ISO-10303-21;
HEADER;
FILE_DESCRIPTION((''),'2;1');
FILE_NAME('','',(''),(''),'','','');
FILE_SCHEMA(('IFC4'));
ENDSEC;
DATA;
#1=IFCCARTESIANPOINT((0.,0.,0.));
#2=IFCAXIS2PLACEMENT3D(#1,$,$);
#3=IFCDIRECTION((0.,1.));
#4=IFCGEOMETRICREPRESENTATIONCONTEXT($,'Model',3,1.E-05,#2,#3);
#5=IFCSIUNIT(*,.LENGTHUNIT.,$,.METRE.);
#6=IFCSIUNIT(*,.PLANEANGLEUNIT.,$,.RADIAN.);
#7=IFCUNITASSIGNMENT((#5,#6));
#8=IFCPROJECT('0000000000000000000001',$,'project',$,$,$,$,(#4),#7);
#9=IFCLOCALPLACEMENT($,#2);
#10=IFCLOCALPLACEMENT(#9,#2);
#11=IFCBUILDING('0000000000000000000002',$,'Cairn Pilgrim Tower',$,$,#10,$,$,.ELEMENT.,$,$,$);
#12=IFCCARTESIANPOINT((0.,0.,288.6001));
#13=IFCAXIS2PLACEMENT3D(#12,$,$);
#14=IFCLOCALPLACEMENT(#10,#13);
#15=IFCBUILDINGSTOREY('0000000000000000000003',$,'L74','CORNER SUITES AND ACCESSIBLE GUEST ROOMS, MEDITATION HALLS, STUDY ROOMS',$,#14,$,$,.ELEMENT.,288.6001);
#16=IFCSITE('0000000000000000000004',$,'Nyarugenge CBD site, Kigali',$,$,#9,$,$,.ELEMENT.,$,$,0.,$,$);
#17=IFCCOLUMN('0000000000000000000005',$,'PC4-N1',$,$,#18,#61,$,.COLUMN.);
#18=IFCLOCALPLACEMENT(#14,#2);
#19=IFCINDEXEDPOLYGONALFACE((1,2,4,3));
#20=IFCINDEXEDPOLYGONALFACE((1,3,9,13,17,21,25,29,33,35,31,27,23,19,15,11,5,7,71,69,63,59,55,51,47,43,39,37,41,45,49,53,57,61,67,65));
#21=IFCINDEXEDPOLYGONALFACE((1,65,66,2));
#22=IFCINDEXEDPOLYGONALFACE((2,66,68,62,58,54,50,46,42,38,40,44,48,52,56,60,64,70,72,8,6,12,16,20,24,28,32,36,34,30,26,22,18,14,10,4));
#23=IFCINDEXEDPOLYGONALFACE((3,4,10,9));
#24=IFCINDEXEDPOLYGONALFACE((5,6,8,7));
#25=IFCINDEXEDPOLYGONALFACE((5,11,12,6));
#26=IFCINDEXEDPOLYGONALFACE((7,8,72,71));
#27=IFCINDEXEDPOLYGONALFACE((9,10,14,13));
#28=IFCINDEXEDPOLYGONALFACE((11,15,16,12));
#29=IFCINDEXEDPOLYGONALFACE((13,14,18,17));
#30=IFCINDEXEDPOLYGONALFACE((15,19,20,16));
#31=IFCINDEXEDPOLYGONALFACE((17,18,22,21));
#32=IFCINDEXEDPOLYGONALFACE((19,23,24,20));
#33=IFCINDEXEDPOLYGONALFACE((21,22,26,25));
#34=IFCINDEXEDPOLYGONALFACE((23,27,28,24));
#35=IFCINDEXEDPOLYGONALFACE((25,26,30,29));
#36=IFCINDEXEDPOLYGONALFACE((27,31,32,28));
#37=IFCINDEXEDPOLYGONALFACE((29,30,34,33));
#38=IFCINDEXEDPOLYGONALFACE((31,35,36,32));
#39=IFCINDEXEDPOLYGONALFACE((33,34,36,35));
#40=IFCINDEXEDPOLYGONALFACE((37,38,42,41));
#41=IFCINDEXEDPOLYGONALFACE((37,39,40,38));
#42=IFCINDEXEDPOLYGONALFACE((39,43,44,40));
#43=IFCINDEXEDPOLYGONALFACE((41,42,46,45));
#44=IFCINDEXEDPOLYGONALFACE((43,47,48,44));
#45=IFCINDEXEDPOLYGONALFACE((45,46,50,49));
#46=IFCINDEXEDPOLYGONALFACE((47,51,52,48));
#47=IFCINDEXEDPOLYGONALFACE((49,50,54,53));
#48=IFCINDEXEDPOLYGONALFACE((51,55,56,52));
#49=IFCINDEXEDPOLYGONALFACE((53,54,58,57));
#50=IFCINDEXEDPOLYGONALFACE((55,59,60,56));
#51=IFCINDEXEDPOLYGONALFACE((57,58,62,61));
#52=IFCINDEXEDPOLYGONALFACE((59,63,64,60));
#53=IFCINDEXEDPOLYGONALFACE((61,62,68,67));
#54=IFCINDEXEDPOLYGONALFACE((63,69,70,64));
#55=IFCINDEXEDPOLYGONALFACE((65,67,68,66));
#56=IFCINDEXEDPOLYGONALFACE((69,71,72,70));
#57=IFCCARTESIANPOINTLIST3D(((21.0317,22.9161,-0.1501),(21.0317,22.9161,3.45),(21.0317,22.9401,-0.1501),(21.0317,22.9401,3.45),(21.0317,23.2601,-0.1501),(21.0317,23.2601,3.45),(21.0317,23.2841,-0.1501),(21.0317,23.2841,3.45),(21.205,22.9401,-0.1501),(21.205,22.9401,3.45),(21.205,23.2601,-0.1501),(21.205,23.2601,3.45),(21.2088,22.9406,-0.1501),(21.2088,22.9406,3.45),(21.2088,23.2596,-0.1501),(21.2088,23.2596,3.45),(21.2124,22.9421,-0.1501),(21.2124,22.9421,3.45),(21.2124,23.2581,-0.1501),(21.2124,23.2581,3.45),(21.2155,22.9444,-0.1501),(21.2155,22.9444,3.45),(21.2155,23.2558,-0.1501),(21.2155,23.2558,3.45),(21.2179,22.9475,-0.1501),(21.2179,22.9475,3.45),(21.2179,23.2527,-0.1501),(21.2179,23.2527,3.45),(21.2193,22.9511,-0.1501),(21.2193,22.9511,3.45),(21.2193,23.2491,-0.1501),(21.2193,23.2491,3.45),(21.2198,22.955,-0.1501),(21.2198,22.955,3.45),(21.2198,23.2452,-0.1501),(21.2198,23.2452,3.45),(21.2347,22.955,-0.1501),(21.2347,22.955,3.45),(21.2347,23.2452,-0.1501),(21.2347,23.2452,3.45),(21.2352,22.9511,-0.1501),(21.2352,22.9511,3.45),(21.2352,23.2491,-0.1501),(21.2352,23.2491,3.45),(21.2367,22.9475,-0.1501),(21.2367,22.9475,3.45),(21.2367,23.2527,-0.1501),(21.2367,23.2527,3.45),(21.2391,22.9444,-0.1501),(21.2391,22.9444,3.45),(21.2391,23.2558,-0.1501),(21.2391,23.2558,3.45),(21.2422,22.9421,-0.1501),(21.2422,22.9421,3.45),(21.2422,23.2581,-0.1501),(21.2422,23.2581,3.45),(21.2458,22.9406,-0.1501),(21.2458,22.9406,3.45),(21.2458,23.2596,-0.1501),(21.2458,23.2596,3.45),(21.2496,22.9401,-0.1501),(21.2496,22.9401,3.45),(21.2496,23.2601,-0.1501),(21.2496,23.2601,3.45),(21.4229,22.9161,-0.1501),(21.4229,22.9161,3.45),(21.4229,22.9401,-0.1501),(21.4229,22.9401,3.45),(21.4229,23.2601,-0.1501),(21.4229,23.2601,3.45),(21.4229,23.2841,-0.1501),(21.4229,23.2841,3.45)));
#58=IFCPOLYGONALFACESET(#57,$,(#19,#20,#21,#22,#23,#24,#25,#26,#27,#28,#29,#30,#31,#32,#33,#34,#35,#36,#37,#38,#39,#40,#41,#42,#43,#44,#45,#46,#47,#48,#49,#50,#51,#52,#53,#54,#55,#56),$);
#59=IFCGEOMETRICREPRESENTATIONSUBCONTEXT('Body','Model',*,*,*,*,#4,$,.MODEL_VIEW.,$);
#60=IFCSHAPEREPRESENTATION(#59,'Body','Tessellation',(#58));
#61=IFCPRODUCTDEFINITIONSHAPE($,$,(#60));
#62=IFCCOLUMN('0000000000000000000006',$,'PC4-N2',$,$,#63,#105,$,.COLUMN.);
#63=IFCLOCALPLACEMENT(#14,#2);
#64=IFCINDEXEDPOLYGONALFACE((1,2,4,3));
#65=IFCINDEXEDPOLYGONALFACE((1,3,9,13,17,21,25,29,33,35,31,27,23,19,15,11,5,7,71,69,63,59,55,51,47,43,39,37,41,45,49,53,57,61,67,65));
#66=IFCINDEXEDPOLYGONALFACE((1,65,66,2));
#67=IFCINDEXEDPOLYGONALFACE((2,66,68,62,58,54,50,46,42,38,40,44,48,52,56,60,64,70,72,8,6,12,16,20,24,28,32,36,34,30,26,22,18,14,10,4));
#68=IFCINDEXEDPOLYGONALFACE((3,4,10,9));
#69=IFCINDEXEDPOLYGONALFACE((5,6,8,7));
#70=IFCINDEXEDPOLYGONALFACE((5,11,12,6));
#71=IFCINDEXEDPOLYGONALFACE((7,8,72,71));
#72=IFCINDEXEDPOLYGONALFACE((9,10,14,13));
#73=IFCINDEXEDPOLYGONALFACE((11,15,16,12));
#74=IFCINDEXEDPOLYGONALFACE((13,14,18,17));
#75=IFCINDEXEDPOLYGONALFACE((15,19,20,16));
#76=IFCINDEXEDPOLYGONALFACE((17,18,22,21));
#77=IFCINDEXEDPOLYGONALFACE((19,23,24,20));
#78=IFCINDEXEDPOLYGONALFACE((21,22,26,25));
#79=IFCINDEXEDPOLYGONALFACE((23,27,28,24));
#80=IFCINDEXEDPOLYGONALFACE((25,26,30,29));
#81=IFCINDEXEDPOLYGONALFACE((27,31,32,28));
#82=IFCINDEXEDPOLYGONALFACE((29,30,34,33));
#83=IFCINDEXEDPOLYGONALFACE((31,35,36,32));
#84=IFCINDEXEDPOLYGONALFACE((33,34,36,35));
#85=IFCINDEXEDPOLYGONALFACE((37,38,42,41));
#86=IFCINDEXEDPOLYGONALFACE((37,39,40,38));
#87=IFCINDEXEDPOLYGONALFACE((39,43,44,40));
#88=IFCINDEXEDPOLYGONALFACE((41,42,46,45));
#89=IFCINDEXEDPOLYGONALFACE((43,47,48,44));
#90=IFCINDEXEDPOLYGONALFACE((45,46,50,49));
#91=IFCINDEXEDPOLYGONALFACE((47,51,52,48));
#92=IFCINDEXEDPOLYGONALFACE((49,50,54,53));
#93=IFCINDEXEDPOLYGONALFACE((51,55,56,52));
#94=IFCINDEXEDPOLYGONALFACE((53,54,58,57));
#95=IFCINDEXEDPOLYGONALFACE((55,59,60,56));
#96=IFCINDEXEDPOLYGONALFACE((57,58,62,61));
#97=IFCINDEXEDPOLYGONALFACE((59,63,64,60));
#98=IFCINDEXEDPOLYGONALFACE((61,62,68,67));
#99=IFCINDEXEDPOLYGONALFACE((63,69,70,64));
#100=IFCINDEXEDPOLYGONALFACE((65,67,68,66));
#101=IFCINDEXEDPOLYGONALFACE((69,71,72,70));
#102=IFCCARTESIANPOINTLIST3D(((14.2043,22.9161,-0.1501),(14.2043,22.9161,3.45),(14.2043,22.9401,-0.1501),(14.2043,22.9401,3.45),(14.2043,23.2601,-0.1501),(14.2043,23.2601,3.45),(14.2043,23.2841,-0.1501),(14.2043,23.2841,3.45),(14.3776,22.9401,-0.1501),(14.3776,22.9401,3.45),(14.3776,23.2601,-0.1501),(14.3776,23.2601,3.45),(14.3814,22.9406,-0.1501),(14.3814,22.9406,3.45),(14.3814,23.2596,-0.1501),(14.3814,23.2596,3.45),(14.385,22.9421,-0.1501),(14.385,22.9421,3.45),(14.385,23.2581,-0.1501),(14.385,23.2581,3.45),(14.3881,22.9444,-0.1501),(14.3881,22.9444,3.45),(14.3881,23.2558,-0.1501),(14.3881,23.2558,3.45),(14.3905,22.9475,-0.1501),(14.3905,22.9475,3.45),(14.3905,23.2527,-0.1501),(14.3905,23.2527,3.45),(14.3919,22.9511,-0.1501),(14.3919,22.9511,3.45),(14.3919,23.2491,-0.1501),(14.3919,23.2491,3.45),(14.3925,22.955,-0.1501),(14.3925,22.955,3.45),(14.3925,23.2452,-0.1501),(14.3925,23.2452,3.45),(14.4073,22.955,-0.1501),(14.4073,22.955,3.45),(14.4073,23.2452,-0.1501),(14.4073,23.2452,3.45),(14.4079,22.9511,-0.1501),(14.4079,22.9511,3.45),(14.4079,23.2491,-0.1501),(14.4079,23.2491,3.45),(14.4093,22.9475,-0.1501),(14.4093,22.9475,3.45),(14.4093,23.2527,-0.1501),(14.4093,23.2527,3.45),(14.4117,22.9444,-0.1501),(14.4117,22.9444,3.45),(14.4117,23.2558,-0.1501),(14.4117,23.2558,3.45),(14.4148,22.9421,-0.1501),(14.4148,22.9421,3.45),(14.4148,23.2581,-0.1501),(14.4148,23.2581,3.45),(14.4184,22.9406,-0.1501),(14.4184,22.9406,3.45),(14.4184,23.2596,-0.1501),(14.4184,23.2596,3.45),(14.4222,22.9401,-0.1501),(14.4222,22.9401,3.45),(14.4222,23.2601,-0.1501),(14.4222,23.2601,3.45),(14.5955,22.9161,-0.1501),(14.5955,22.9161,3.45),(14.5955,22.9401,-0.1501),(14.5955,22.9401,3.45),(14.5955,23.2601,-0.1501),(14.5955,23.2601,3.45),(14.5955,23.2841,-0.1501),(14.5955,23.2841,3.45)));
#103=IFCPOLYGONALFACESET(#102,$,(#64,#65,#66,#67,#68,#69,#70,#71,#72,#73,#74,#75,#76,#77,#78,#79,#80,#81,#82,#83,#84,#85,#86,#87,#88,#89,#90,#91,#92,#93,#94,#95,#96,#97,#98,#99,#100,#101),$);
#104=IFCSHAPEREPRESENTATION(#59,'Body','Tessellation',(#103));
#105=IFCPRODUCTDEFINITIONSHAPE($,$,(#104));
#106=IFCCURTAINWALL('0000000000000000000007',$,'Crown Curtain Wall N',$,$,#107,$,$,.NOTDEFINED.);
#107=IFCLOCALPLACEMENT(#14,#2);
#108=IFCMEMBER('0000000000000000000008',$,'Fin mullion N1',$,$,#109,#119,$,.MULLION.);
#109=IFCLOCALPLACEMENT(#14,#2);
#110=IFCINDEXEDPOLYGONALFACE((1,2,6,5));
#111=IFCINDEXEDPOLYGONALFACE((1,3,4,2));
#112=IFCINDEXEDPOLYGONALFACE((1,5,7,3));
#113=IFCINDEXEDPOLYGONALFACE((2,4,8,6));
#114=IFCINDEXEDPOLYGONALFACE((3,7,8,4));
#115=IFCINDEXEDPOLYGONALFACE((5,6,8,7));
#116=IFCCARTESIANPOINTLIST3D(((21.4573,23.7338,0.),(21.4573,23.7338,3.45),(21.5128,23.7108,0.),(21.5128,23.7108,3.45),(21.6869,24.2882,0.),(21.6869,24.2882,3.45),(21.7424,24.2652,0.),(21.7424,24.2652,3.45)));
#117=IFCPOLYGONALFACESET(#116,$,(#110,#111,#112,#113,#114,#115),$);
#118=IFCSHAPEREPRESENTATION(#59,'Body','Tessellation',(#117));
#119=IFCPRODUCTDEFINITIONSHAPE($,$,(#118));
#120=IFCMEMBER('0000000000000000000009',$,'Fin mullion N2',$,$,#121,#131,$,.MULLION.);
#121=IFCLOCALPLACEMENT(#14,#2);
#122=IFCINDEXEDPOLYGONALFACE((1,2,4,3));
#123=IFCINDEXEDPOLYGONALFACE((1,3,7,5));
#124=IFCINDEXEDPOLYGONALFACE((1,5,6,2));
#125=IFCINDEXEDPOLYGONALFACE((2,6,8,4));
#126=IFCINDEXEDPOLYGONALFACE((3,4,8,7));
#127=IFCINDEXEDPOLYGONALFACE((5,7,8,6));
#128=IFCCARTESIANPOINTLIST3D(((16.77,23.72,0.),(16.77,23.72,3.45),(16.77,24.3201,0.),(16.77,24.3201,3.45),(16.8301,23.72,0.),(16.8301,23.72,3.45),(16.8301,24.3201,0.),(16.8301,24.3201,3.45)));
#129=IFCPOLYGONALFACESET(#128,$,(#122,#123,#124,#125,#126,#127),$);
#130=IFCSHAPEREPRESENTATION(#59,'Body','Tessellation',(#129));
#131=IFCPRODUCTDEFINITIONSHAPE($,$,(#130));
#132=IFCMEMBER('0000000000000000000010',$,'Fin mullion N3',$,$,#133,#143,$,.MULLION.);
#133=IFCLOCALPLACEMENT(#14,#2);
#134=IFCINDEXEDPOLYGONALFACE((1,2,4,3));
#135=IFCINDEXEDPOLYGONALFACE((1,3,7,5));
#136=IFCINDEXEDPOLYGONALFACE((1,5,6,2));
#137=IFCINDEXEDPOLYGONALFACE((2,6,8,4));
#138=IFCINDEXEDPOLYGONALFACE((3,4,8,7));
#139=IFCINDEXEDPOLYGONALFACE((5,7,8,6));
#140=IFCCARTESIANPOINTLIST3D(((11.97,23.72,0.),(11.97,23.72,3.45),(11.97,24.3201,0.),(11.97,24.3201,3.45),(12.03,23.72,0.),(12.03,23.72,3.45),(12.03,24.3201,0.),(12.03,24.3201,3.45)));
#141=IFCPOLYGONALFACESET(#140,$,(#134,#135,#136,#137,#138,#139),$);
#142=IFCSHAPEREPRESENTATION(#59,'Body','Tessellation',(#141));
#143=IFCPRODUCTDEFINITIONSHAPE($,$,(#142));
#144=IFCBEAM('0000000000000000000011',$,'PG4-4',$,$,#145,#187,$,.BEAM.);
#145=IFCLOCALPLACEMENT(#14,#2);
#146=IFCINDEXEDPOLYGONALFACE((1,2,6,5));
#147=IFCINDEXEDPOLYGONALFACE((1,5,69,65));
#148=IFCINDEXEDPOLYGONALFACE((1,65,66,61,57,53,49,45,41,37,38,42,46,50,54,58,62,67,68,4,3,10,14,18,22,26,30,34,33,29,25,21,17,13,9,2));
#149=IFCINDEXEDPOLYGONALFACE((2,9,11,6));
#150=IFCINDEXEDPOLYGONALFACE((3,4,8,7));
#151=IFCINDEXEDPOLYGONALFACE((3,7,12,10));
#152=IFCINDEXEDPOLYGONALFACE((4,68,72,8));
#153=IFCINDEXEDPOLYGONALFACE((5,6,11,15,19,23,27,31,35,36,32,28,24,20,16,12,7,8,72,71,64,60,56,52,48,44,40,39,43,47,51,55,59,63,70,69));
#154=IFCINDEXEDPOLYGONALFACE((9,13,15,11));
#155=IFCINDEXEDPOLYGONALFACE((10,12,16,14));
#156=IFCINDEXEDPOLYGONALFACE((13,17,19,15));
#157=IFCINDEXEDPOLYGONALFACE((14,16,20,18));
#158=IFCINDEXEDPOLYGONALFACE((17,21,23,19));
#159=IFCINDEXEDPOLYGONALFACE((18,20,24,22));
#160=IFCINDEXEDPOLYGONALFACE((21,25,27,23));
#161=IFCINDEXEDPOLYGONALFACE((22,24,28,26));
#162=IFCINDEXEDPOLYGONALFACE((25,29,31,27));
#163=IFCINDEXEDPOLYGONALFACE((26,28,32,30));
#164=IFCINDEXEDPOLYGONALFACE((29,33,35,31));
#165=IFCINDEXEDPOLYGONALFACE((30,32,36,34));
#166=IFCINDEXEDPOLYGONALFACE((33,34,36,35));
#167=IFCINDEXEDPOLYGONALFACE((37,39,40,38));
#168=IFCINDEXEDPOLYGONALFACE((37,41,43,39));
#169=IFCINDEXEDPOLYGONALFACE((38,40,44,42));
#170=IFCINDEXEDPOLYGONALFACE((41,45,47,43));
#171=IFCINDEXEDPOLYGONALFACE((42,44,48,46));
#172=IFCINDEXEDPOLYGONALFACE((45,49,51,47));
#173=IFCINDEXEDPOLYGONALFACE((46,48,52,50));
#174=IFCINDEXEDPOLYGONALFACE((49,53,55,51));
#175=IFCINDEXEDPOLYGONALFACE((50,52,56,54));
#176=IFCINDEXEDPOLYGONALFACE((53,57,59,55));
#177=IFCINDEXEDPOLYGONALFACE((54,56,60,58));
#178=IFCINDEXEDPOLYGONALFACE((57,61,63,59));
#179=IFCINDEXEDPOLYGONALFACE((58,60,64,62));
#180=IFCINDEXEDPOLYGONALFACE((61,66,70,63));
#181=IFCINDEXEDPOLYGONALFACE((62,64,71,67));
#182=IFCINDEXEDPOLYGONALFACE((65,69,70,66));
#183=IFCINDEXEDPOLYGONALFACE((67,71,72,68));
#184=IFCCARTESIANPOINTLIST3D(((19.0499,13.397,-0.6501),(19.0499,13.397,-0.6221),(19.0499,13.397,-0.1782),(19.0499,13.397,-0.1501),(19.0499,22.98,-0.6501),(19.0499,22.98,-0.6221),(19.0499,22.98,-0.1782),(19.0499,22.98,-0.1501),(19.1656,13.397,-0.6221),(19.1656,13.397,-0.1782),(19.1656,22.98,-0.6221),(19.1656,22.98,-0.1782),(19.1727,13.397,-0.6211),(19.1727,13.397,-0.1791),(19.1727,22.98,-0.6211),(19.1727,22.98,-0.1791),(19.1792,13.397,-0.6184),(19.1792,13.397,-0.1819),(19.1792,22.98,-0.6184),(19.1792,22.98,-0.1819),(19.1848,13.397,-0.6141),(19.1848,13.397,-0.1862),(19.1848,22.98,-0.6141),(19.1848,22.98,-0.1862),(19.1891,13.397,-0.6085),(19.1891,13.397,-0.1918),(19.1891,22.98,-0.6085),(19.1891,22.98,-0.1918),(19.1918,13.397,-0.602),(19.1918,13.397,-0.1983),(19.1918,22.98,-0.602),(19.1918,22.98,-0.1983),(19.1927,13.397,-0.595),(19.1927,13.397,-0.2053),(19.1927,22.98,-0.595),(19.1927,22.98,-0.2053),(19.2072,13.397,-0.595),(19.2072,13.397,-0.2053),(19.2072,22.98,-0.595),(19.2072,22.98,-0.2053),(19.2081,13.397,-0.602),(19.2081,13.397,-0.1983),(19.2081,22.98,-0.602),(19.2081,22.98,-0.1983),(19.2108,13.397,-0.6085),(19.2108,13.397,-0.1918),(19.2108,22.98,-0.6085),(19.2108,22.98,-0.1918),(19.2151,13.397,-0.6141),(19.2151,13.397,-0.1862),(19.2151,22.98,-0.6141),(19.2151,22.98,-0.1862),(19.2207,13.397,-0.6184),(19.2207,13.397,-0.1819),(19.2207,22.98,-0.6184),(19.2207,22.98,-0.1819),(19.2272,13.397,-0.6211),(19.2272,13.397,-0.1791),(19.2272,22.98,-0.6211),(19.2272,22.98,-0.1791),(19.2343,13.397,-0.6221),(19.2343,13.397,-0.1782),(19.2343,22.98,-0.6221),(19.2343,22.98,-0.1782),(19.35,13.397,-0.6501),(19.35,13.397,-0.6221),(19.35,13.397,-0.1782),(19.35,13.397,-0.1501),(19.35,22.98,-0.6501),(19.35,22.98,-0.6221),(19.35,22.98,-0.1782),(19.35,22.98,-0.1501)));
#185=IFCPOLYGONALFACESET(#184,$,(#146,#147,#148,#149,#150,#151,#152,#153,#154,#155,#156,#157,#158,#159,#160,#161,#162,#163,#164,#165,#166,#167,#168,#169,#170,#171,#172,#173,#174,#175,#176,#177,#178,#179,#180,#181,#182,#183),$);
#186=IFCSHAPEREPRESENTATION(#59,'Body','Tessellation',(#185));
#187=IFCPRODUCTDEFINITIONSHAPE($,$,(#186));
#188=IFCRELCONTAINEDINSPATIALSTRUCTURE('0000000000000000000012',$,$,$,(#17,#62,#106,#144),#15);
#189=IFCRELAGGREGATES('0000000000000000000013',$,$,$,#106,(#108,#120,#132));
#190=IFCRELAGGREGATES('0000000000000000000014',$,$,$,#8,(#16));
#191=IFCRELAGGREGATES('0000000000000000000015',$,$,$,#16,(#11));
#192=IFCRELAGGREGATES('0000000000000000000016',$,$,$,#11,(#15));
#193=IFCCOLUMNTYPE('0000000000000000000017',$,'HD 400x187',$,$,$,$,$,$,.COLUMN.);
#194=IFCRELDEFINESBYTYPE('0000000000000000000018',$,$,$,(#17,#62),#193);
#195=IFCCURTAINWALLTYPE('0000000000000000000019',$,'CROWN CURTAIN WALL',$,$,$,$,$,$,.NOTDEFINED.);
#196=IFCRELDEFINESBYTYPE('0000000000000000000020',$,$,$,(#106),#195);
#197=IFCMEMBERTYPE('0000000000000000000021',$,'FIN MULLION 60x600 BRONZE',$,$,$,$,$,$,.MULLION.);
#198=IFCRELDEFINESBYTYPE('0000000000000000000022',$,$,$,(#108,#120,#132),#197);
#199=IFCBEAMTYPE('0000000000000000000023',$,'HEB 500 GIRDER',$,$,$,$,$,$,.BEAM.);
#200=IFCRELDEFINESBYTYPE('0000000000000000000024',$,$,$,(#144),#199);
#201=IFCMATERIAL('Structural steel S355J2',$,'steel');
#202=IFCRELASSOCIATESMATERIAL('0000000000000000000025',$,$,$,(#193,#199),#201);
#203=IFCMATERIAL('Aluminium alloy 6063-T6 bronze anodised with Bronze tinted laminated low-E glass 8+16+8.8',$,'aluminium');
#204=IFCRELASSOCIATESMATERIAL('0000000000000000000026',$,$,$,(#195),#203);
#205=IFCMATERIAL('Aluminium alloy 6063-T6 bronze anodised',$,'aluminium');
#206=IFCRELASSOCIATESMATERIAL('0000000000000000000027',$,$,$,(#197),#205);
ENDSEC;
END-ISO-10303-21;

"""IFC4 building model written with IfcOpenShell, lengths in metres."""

from ifc_helpers import new_model, si_unit, direction, frame, origin, origin_2d, place, context, subcontext, project, spatial, rectangle, i_section, extrude, material, material_profile, profile_set, type_object, element, aggregate, save


model = new_model("IFC4")

# Units and contexts
model_context = context("Model", 3, precision=1e-05, world=origin(), true_north=direction((0.0, 1.0)))
body_context = subcontext(model_context, "Body", "Model", "MODEL_VIEW")
ifc_project = project(units=[si_unit("LENGTHUNIT", "METRE"), si_unit("PLANEANGLEUNIT", "RADIAN")], contexts=[model_context])

# Site, building, storey
site_placement = place(None, origin())
site = spatial("IfcSite", under=ifc_project, at=site_placement, Name="Nyarugenge CBD site, Kigali", CompositionType="ELEMENT", RefElevation=0.0)
building_placement = place(site_placement, origin())
building = spatial("IfcBuilding", under=site, at=building_placement, Name="Cairn Pilgrim Tower", CompositionType="ELEMENT")
storey_placement = place(building_placement, frame((0.0, 0.0, 288.6001)))
storey = spatial("IfcBuildingStorey", under=building, at=storey_placement, Name="L74", Description="CORNER SUITES AND ACCESSIBLE GUEST ROOMS, MEDITATION HALLS, STUDY ROOMS", CompositionType="ELEMENT", Elevation=288.6001)

# Columns
ifc_material_1 = material(Name="Structural steel S355J2", Category="steel")
ifc_material_profile_1 = material_profile(ifc_material_1, i_section(OverallWidth=0.3911, OverallDepth=0.3679, WebThickness=0.0149, FlangeThickness=0.0239, FilletRadius=0.0149, at=origin_2d()), Name="HD 400x187")
ifc_profile_set_1 = profile_set([ifc_material_profile_1], Name="Structural steel S355J2")
column_type = type_object("IfcColumnType", Name="HD 400x187", PredefinedType="COLUMN", material=ifc_profile_set_1)
for number, where, z_axis, x_axis, name in (
    (1, (21.2273, 23.1001, -0.1501), (0.0, 0.0, 1.0), (1.0, 0.0, 0.0), "PC4-N1"),
    (2, (14.3999, 23.1001, -0.1501), (0.0, 0.0, 1.0), (1.0, 0.0, 0.0), "PC4-N2"),
):
    element("IfcColumn", number, at=place(storey_placement, frame(where, z_axis=z_axis, x_axis=x_axis)), inside=storey, type_object=column_type, Name=name, PredefinedType="COLUMN", context=body_context, shape_type="SweptSolid", body=[
        extrude(i_section(OverallWidth=0.3911, OverallDepth=0.3679, WebThickness=0.0149, FlangeThickness=0.0239, FilletRadius=0.0149, at=origin_2d()), origin(), (0.0, 0.0, 1.0), 3.6001),
    ])

# Curtain wall, members
ifc_material_2 = material(Name="Aluminium alloy 6063-T6 bronze anodised with Bronze tinted laminated low-E glass 8+16+8.8", Category="aluminium")
curtain_wall_type = type_object("IfcCurtainWallType", Name="CROWN CURTAIN WALL", PredefinedType="NOTDEFINED", material=ifc_material_2)
curtain_wall_1_placement = place(storey_placement, origin())
curtain_wall_1 = element("IfcCurtainWall", 3, at=curtain_wall_1_placement, inside=storey, type_object=curtain_wall_type, Name="Crown Curtain Wall N", PredefinedType="NOTDEFINED")
ifc_material_3 = material(Name="Aluminium alloy 6063-T6 bronze anodised", Category="aluminium")
ifc_material_profile_2 = material_profile(ifc_material_3, rectangle(XDim=0.6001, YDim=0.0601, at=origin_2d()), Name="FIN MULLION 60x600 BRONZE")
ifc_profile_set_2 = profile_set([ifc_material_profile_2], Name="Aluminium alloy 6063-T6 bronze anodised")
member_type_1 = type_object("IfcMemberType", Name="FIN MULLION 60x600 BRONZE", PredefinedType="MULLION", material=ifc_profile_set_2)
member_1_placement = place(storey_placement, frame((21.5999, 23.9995, 0.0), z_axis=(0.0, 0.0, 1.0), x_axis=(0.382683, 0.92388, 0.0)))
member_1 = element("IfcMember", 4, at=member_1_placement, type_object=member_type_1, Name="Fin mullion N1", PredefinedType="MULLION", context=body_context, shape_type="SweptSolid", body=[
    extrude(rectangle(XDim=0.6001, YDim=0.0601, at=origin_2d()), origin(), (0.0, 0.0, 1.0), 3.45),
])
member_2_placement = place(storey_placement, frame((16.8, 24.02, 0.0), z_axis=(0.0, 0.0, 1.0), x_axis=(0.0, 1.0, 0.0)))
member_2 = element("IfcMember", 5, at=member_2_placement, type_object=member_type_1, Name="Fin mullion N2", PredefinedType="MULLION", context=body_context, shape_type="SweptSolid", body=[
    extrude(rectangle(XDim=0.6001, YDim=0.0601, at=origin_2d()), origin(), (0.0, 0.0, 1.0), 3.45),
])
member_3_placement = place(storey_placement, frame((12.0, 24.02, 0.0), z_axis=(0.0, 0.0, 1.0), x_axis=(0.0, 1.0, 0.0)))
member_3 = element("IfcMember", 6, at=member_3_placement, type_object=member_type_1, Name="Fin mullion N3", PredefinedType="MULLION", context=body_context, shape_type="SweptSolid", body=[
    extrude(rectangle(XDim=0.6001, YDim=0.0601, at=origin_2d()), origin(), (0.0, 0.0, 1.0), 3.45),
])

# Beam
ifc_material_profile_3 = material_profile(ifc_material_1, i_section(OverallWidth=0.3, OverallDepth=0.5, WebThickness=0.0144, FlangeThickness=0.0281, FilletRadius=0.0271, at=origin_2d()), Name="HEB 500")
ifc_profile_set_3 = profile_set([ifc_material_profile_3], Name="Structural steel S355J2")
beam_type_1 = type_object("IfcBeamType", Name="HEB 500 GIRDER", PredefinedType="BEAM", material=ifc_profile_set_3)
beam_1_placement = place(storey_placement, frame((19.2, 13.397, -0.4001), z_axis=(0.0, 1.0, 0.0), x_axis=(-1.0, 0.0, 0.0)))
element("IfcBeam", 7, at=beam_1_placement, inside=storey, type_object=beam_type_1, Name="PG4-4", PredefinedType="BEAM", context=body_context, shape_type="SweptSolid", body=[
    extrude(i_section(OverallWidth=0.3, OverallDepth=0.5, WebThickness=0.0144, FlangeThickness=0.0281, FilletRadius=0.0271, at=origin_2d()), origin(), (0.0, 0.0, 1.0), 9.583),
])

aggregate(curtain_wall_1, [member_1, member_2, member_3])

save(model, "model.ifc")
